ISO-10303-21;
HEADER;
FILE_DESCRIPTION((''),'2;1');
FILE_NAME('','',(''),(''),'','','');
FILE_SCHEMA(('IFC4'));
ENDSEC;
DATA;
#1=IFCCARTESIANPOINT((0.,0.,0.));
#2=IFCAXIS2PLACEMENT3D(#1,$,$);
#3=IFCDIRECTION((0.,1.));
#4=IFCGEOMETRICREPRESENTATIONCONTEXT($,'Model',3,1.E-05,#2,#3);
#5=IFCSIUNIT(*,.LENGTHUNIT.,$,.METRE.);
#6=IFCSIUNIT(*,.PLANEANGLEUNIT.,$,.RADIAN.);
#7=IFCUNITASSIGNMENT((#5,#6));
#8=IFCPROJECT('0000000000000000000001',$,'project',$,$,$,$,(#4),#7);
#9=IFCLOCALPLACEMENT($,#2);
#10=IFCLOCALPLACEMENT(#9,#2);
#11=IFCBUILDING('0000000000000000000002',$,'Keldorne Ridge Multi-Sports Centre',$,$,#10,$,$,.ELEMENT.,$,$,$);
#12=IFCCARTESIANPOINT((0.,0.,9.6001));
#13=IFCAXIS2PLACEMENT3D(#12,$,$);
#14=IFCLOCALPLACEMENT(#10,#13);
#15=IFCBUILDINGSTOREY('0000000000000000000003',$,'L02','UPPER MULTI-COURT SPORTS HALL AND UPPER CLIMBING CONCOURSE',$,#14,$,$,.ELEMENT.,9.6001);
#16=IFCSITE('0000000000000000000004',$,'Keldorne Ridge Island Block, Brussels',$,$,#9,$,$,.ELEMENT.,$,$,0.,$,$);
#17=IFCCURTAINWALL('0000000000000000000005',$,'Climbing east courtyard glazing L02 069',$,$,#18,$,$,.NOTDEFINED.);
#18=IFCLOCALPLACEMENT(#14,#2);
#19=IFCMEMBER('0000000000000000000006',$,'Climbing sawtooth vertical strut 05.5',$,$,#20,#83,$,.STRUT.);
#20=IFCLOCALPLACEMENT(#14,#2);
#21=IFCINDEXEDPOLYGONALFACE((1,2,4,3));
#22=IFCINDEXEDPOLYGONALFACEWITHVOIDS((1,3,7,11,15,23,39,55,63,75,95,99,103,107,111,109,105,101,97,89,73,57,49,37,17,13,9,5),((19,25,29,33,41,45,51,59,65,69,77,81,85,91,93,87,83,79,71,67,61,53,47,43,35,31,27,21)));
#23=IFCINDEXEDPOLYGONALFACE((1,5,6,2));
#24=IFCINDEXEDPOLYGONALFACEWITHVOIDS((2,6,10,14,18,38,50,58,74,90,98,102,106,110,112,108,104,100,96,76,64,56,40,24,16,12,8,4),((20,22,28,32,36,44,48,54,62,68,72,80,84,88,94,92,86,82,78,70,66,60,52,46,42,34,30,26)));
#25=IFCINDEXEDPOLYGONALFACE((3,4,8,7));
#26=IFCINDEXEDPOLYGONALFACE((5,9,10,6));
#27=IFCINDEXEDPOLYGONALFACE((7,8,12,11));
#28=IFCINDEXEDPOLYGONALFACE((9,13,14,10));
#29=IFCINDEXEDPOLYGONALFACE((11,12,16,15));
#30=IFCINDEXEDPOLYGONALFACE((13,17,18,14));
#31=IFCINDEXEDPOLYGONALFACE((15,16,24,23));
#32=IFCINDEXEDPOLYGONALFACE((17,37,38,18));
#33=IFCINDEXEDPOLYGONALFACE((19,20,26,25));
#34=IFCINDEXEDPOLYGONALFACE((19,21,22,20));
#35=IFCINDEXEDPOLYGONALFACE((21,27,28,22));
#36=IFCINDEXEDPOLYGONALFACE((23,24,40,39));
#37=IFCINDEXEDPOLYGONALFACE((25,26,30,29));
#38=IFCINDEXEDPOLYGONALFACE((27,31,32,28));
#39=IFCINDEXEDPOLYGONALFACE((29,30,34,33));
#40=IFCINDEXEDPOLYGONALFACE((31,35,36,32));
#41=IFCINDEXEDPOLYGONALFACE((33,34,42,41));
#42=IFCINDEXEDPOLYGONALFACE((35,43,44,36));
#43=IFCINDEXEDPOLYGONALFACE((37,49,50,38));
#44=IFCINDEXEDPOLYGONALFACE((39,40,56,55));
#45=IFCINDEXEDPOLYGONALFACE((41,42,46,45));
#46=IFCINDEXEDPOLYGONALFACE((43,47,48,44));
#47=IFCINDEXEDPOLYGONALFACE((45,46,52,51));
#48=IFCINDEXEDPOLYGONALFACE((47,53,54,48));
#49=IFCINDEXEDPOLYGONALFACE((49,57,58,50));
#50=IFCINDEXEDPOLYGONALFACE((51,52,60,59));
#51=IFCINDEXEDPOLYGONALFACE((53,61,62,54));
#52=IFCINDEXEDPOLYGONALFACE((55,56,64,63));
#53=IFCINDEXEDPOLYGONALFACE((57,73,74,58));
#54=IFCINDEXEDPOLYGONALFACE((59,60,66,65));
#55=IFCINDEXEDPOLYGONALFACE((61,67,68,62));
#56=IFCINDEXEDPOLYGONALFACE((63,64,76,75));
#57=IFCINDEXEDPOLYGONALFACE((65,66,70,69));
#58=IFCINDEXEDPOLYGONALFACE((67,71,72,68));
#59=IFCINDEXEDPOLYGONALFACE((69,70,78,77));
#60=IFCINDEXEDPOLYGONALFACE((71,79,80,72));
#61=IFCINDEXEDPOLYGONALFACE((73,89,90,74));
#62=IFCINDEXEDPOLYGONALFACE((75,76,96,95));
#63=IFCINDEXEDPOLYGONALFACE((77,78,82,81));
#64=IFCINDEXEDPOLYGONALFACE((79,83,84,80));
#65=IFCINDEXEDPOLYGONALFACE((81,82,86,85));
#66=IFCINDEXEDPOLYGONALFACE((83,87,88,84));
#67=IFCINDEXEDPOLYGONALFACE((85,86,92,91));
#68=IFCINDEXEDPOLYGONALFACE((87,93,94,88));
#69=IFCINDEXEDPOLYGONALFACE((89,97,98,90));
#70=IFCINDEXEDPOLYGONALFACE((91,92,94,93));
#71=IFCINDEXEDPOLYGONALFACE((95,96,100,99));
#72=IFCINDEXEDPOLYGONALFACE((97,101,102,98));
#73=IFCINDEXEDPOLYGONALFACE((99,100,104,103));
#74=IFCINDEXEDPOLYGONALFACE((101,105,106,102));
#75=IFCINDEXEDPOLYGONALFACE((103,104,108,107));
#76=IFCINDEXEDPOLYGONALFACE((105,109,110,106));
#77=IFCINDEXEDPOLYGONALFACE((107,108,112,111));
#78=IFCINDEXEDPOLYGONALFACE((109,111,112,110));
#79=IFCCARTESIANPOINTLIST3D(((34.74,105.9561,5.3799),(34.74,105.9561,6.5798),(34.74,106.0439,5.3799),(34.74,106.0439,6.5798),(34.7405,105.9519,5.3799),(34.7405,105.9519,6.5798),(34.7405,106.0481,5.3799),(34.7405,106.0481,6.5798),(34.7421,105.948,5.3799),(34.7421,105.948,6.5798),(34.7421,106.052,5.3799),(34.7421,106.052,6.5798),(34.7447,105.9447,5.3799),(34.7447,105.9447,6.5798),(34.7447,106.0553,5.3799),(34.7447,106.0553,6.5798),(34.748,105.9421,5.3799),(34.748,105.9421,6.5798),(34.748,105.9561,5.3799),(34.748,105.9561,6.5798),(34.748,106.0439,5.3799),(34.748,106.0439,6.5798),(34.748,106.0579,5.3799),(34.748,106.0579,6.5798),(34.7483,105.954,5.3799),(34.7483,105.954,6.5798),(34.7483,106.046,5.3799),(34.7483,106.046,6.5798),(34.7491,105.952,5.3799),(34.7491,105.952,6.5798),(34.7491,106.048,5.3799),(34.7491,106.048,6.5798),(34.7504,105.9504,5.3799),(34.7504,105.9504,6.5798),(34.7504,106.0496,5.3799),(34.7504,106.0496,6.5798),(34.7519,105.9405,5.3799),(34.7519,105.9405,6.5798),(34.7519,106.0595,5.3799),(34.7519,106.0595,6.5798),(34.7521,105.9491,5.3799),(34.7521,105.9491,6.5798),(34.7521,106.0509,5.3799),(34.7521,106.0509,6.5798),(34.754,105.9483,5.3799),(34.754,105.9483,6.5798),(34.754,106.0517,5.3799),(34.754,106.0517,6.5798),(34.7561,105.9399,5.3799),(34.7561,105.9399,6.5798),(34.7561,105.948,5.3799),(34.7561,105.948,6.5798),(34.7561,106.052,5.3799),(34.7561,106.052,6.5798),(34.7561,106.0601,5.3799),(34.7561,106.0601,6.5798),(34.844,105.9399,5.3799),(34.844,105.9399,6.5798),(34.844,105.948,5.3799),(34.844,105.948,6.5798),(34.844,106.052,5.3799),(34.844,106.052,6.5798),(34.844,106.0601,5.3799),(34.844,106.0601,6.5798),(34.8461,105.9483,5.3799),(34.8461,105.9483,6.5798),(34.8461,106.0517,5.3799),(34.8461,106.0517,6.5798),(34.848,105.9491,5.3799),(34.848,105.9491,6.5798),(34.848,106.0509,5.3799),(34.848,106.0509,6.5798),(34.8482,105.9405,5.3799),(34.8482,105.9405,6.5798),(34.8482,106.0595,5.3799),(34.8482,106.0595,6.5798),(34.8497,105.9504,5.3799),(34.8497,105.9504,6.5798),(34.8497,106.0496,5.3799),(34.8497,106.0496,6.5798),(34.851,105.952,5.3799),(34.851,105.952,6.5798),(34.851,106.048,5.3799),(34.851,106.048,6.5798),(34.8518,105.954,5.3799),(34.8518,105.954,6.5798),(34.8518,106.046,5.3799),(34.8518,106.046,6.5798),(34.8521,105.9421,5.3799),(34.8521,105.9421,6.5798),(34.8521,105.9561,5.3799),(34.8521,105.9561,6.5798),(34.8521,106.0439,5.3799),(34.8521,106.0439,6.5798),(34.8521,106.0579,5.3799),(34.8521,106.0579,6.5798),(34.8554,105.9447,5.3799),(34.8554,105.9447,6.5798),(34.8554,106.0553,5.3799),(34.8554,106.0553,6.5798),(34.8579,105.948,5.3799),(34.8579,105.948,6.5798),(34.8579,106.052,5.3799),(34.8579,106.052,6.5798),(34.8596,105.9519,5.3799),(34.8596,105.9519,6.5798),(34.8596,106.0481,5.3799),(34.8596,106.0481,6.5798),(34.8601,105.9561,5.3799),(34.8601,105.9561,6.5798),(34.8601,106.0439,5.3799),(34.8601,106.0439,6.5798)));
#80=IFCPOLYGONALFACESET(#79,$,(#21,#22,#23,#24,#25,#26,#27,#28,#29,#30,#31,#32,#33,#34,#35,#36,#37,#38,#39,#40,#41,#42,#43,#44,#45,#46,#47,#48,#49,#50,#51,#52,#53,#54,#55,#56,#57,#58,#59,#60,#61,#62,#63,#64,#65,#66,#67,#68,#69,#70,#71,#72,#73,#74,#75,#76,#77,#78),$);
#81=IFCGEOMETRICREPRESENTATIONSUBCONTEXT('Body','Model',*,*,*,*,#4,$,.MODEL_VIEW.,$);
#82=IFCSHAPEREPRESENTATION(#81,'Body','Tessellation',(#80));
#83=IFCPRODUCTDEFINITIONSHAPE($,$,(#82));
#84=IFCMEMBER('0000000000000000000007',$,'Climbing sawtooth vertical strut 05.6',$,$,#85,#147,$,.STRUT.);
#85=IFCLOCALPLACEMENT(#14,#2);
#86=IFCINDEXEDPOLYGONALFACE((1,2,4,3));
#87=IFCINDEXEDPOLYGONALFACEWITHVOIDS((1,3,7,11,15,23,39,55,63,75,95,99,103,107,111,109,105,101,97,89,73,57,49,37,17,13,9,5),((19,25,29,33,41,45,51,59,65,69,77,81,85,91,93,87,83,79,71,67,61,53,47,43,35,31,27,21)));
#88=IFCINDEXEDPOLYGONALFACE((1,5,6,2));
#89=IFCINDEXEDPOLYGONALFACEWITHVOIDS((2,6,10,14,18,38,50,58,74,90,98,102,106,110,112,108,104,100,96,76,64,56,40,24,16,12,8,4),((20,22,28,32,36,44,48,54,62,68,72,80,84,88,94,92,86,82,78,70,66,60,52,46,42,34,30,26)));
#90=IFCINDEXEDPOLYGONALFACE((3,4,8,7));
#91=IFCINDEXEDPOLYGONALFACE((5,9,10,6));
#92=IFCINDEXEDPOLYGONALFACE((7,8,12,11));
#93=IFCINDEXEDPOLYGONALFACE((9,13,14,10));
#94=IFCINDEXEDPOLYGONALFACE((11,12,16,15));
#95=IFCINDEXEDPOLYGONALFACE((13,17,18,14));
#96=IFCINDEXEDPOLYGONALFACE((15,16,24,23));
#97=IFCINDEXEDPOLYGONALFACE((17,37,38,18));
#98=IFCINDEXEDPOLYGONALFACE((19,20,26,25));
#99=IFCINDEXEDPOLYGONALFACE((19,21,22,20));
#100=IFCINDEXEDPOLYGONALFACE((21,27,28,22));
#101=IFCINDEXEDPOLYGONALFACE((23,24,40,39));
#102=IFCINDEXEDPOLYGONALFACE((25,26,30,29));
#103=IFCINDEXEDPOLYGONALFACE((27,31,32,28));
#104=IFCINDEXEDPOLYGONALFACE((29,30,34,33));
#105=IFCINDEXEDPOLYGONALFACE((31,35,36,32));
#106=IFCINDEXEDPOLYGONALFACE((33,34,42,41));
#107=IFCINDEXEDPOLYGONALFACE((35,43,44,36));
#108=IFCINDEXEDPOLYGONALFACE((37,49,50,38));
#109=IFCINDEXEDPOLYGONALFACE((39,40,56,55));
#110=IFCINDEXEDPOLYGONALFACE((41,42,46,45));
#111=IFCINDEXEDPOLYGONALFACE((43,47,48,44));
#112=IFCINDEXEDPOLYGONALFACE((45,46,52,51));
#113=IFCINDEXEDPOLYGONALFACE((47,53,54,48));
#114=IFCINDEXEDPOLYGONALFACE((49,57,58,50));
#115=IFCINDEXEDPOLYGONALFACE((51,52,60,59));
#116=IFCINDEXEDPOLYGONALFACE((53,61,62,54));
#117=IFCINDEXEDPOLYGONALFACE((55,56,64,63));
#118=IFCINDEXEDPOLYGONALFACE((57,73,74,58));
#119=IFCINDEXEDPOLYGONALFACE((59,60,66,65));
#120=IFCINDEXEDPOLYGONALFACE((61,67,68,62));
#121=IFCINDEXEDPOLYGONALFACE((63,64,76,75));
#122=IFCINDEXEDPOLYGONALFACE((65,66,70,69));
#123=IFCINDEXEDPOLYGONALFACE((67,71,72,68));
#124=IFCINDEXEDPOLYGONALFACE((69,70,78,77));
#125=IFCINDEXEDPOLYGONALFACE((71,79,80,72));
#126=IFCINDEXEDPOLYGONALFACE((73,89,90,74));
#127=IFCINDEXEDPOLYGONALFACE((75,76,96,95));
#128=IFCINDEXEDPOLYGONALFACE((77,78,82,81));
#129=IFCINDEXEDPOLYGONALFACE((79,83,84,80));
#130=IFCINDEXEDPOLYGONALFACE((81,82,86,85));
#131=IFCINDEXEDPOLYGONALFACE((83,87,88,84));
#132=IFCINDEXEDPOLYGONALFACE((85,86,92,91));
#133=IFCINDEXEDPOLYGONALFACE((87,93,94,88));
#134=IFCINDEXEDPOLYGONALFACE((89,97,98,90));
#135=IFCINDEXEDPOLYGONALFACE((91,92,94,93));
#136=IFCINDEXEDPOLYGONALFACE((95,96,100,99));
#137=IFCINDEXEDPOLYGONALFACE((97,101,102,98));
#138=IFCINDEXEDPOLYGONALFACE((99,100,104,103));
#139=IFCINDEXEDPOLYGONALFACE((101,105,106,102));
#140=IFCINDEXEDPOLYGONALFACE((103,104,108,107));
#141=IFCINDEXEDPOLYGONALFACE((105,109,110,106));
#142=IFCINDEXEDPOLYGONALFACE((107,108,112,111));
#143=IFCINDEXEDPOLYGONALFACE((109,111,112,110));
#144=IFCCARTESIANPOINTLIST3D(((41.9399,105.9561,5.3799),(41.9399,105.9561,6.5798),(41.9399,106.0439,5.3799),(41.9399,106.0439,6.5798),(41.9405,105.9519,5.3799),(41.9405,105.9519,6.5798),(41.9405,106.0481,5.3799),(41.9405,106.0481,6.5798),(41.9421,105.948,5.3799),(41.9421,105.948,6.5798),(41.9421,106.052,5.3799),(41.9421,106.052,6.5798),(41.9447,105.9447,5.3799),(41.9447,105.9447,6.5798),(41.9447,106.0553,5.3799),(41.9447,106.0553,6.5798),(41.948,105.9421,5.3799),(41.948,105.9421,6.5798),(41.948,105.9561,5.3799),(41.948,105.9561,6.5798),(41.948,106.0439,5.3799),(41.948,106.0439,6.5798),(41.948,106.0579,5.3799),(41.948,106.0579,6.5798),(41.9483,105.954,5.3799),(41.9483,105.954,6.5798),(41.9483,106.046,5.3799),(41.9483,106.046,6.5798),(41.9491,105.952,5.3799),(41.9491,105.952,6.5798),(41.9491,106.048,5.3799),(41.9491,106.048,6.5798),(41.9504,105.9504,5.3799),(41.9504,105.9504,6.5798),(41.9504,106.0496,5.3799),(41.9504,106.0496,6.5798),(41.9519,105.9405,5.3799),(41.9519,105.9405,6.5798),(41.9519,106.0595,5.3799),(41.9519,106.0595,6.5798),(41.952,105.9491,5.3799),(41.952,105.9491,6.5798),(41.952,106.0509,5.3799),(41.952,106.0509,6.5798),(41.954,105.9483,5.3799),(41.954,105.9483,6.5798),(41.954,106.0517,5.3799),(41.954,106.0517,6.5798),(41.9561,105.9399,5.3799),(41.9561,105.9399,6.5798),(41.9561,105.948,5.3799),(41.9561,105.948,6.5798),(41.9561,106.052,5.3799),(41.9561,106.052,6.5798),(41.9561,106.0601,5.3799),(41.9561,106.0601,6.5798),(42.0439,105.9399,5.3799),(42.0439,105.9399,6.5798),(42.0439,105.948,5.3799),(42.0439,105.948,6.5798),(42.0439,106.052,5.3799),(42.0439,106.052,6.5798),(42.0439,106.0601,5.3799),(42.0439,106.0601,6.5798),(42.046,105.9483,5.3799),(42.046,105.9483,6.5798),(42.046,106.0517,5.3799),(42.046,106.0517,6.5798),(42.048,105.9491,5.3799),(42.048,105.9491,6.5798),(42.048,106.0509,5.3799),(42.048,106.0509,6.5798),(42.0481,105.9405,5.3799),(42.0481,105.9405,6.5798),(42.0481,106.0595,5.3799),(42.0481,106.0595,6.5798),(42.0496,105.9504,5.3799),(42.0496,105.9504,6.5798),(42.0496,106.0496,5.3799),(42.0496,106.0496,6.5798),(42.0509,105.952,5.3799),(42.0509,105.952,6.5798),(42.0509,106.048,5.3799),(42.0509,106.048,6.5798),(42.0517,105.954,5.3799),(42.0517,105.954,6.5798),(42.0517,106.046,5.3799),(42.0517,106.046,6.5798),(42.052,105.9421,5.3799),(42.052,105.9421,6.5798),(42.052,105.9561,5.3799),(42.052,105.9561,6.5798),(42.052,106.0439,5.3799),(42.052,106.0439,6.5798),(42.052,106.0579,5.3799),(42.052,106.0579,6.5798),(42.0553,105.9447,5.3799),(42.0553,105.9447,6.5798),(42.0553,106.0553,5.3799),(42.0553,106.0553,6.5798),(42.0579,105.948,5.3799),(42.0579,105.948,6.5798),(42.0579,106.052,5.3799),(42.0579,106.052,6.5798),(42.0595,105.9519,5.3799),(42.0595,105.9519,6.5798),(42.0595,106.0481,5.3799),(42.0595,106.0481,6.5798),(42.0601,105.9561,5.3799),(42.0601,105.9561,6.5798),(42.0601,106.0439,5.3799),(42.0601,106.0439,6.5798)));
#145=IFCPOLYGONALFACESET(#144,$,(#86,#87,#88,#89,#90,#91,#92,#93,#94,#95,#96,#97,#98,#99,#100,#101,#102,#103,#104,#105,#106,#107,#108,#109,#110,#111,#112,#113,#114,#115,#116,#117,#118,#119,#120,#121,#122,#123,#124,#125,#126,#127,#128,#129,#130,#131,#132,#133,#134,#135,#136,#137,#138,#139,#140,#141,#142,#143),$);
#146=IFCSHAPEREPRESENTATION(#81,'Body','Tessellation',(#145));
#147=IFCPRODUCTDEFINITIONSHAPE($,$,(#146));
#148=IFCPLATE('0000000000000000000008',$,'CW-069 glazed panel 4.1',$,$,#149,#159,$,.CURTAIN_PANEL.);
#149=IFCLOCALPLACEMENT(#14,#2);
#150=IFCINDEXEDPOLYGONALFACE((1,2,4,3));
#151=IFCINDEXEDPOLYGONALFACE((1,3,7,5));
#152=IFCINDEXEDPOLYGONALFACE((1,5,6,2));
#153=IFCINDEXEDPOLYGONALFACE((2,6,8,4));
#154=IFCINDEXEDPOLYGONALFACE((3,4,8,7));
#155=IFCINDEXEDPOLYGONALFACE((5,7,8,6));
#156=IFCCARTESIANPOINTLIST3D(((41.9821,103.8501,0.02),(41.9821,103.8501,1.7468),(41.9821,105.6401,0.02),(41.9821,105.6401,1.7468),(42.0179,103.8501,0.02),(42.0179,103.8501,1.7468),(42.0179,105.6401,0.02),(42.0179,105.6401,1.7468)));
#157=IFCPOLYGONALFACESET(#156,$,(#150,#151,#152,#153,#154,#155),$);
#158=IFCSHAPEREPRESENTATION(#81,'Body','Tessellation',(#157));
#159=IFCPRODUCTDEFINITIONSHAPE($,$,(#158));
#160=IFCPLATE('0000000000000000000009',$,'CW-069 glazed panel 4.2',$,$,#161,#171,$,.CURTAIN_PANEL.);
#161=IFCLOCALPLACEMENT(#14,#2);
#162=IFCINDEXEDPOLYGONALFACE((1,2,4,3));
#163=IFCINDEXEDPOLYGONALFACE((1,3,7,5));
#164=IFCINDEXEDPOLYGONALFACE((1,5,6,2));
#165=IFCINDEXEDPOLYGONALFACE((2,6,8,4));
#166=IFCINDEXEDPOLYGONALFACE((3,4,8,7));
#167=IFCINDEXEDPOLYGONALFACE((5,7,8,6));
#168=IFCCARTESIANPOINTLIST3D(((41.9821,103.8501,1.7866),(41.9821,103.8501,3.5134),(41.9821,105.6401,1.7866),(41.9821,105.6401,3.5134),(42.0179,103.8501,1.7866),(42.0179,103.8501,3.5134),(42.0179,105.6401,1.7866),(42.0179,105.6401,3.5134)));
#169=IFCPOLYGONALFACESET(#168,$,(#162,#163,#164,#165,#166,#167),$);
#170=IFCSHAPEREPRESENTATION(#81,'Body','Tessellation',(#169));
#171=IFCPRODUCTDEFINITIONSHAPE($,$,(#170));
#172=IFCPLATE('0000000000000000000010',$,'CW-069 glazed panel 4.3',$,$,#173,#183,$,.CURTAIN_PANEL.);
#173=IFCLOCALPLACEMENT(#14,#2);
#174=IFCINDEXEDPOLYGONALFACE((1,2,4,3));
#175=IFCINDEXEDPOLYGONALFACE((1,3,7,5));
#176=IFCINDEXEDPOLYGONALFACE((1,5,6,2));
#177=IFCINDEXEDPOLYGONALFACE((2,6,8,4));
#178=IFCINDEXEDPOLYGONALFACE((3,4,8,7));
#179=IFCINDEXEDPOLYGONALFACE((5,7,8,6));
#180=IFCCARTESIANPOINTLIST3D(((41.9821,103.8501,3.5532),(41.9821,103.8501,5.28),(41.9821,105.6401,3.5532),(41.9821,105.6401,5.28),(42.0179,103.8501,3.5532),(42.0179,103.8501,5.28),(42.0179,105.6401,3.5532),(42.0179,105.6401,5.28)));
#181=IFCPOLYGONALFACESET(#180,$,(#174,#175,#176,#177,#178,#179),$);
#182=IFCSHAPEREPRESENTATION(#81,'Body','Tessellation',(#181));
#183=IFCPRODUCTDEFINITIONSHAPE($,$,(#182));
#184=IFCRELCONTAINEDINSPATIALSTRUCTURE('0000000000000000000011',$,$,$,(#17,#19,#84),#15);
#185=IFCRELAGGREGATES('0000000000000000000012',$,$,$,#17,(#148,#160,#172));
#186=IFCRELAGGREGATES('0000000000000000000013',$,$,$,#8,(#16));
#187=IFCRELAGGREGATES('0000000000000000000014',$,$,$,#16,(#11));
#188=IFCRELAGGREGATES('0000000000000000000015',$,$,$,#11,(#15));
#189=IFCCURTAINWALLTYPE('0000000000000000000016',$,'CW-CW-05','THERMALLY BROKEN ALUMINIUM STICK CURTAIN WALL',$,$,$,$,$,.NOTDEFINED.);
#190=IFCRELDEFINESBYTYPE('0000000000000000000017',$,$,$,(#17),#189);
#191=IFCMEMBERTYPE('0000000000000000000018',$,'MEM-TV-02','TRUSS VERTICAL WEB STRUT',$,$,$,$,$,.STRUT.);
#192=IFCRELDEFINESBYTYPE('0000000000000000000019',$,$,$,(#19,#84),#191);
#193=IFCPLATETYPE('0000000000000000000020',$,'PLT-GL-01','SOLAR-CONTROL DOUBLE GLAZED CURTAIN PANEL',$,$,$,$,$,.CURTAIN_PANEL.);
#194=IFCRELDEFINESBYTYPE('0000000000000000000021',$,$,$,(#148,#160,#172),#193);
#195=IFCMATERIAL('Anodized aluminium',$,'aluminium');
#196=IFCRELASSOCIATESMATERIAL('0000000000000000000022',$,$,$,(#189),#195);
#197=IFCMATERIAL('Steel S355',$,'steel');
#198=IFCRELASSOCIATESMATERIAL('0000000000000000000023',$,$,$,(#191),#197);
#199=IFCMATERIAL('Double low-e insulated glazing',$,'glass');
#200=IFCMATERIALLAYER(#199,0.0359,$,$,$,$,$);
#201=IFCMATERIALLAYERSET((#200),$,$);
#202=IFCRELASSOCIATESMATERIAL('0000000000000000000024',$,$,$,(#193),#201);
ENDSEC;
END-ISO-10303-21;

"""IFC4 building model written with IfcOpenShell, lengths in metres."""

from ifc_helpers import new_model, si_unit, direction, frame, origin, origin_2d, place, context, subcontext, project, spatial, rectangle, hollow_rectangle, extrude, material, layer, layer_set, material_profile, profile_set, type_object, element, aggregate, save


model = new_model("IFC4")

# Units and contexts
model_context = context("Model", 3, precision=1e-05, world=origin(), true_north=direction((0.0, 1.0)))
body_context = subcontext(model_context, "Body", "Model", "MODEL_VIEW")
ifc_project = project(units=[si_unit("LENGTHUNIT", "METRE"), si_unit("PLANEANGLEUNIT", "RADIAN")], contexts=[model_context])

# Site, building, storey
site_placement = place(None, origin())
site = spatial("IfcSite", under=ifc_project, at=site_placement, Name="Keldorne Ridge Island Block, Brussels", CompositionType="ELEMENT", RefElevation=0.0)
building_placement = place(site_placement, origin())
building = spatial("IfcBuilding", under=site, at=building_placement, Name="Keldorne Ridge Multi-Sports Centre", CompositionType="ELEMENT")
storey_placement = place(building_placement, frame((0.0, 0.0, 9.6001)))
storey = spatial("IfcBuildingStorey", under=building, at=storey_placement, Name="L02", Description="UPPER MULTI-COURT SPORTS HALL AND UPPER CLIMBING CONCOURSE", CompositionType="ELEMENT", Elevation=9.6001)

# Shared definitions
ifc_material_1 = material(Name="Steel S355", Category="steel")

# Curtain wall
ifc_material_2 = material(Name="Anodized aluminium", Category="aluminium")
curtain_wall_type_1 = type_object("IfcCurtainWallType", Name="CW-CW-05", Description="THERMALLY BROKEN ALUMINIUM STICK CURTAIN WALL", PredefinedType="NOTDEFINED", material=ifc_material_2)
curtain_wall_1_placement = place(storey_placement, origin())
curtain_wall_1 = element("IfcCurtainWall", 1, at=curtain_wall_1_placement, inside=storey, type_object=curtain_wall_type_1, Name="Climbing east courtyard glazing L02 069", PredefinedType="NOTDEFINED")

# Members
ifc_material_profile_1 = material_profile(ifc_material_1, hollow_rectangle(XDim=0.1201, YDim=0.1201, WallThickness=0.0081, InnerFilletRadius=0.0081, OuterFilletRadius=0.0161, at=origin_2d()), Name="SHS 120x120x8")
ifc_profile_set_1 = profile_set([ifc_material_profile_1], Name="Steel S355")
member_type_1 = type_object("IfcMemberType", Name="MEM-TV-02", Description="TRUSS VERTICAL WEB STRUT", PredefinedType="STRUT", material=ifc_profile_set_1)
for number, where, z_axis, x_axis, name in (
    (2, (34.8, 106.0, 5.3799), (0.0, 0.0, 1.0), (1.0, 0.0, 0.0), "Climbing sawtooth vertical strut 05.5"),
    (3, (42.0, 106.0, 5.3799), (0.0, 0.0, 1.0), (1.0, 0.0, 0.0), "Climbing sawtooth vertical strut 05.6"),
):
    element("IfcMember", number, at=place(storey_placement, frame(where, z_axis=z_axis, x_axis=x_axis)), inside=storey, type_object=member_type_1, Name=name, PredefinedType="STRUT", context=body_context, shape_type="SweptSolid", body=[
        extrude(hollow_rectangle(XDim=0.1201, YDim=0.1201, WallThickness=0.0081, InnerFilletRadius=0.0081, OuterFilletRadius=0.0161, at=origin_2d()), origin(), (0.0, 0.0, 1.0), 1.2),
    ])

# Plates
ifc_material_3 = material(Name="Double low-e insulated glazing", Category="glass")
ifc_layer = layer(ifc_material_3, 0.0359)
ifc_layer_set = layer_set([ifc_layer])
plate_type = type_object("IfcPlateType", Name="PLT-GL-01", Description="SOLAR-CONTROL DOUBLE GLAZED CURTAIN PANEL", PredefinedType="CURTAIN_PANEL", material=ifc_layer_set)
plate_1_placement = place(storey_placement, frame((42.0, 104.7451, 0.02), z_axis=(0.0, 0.0, 1.0), x_axis=(0.0, 1.0, 0.0)))
plate_1 = element("IfcPlate", 4, at=plate_1_placement, type_object=plate_type, Name="CW-069 glazed panel 4.1", PredefinedType="CURTAIN_PANEL", context=body_context, shape_type="SweptSolid", body=[
    extrude(rectangle(XDim=1.79, YDim=0.0359, at=origin_2d()), origin(), (0.0, 0.0, 1.0), 1.7268),
])
plate_2_placement = place(storey_placement, frame((42.0, 104.7451, 1.7866), z_axis=(0.0, 0.0, 1.0), x_axis=(0.0, 1.0, 0.0)))
plate_2 = element("IfcPlate", 5, at=plate_2_placement, type_object=plate_type, Name="CW-069 glazed panel 4.2", PredefinedType="CURTAIN_PANEL", context=body_context, shape_type="SweptSolid", body=[
    extrude(rectangle(XDim=1.79, YDim=0.0359, at=origin_2d()), origin(), (0.0, 0.0, 1.0), 1.7268),
])
plate_3_placement = place(storey_placement, frame((42.0, 104.7451, 3.5532), z_axis=(0.0, 0.0, 1.0), x_axis=(0.0, 1.0, 0.0)))
plate_3 = element("IfcPlate", 6, at=plate_3_placement, type_object=plate_type, Name="CW-069 glazed panel 4.3", PredefinedType="CURTAIN_PANEL", context=body_context, shape_type="SweptSolid", body=[
    extrude(rectangle(XDim=1.79, YDim=0.0359, at=origin_2d()), origin(), (0.0, 0.0, 1.0), 1.7268),
])
aggregate(curtain_wall_1, [plate_1, plate_2, plate_3])

save(model, "model.ifc")
